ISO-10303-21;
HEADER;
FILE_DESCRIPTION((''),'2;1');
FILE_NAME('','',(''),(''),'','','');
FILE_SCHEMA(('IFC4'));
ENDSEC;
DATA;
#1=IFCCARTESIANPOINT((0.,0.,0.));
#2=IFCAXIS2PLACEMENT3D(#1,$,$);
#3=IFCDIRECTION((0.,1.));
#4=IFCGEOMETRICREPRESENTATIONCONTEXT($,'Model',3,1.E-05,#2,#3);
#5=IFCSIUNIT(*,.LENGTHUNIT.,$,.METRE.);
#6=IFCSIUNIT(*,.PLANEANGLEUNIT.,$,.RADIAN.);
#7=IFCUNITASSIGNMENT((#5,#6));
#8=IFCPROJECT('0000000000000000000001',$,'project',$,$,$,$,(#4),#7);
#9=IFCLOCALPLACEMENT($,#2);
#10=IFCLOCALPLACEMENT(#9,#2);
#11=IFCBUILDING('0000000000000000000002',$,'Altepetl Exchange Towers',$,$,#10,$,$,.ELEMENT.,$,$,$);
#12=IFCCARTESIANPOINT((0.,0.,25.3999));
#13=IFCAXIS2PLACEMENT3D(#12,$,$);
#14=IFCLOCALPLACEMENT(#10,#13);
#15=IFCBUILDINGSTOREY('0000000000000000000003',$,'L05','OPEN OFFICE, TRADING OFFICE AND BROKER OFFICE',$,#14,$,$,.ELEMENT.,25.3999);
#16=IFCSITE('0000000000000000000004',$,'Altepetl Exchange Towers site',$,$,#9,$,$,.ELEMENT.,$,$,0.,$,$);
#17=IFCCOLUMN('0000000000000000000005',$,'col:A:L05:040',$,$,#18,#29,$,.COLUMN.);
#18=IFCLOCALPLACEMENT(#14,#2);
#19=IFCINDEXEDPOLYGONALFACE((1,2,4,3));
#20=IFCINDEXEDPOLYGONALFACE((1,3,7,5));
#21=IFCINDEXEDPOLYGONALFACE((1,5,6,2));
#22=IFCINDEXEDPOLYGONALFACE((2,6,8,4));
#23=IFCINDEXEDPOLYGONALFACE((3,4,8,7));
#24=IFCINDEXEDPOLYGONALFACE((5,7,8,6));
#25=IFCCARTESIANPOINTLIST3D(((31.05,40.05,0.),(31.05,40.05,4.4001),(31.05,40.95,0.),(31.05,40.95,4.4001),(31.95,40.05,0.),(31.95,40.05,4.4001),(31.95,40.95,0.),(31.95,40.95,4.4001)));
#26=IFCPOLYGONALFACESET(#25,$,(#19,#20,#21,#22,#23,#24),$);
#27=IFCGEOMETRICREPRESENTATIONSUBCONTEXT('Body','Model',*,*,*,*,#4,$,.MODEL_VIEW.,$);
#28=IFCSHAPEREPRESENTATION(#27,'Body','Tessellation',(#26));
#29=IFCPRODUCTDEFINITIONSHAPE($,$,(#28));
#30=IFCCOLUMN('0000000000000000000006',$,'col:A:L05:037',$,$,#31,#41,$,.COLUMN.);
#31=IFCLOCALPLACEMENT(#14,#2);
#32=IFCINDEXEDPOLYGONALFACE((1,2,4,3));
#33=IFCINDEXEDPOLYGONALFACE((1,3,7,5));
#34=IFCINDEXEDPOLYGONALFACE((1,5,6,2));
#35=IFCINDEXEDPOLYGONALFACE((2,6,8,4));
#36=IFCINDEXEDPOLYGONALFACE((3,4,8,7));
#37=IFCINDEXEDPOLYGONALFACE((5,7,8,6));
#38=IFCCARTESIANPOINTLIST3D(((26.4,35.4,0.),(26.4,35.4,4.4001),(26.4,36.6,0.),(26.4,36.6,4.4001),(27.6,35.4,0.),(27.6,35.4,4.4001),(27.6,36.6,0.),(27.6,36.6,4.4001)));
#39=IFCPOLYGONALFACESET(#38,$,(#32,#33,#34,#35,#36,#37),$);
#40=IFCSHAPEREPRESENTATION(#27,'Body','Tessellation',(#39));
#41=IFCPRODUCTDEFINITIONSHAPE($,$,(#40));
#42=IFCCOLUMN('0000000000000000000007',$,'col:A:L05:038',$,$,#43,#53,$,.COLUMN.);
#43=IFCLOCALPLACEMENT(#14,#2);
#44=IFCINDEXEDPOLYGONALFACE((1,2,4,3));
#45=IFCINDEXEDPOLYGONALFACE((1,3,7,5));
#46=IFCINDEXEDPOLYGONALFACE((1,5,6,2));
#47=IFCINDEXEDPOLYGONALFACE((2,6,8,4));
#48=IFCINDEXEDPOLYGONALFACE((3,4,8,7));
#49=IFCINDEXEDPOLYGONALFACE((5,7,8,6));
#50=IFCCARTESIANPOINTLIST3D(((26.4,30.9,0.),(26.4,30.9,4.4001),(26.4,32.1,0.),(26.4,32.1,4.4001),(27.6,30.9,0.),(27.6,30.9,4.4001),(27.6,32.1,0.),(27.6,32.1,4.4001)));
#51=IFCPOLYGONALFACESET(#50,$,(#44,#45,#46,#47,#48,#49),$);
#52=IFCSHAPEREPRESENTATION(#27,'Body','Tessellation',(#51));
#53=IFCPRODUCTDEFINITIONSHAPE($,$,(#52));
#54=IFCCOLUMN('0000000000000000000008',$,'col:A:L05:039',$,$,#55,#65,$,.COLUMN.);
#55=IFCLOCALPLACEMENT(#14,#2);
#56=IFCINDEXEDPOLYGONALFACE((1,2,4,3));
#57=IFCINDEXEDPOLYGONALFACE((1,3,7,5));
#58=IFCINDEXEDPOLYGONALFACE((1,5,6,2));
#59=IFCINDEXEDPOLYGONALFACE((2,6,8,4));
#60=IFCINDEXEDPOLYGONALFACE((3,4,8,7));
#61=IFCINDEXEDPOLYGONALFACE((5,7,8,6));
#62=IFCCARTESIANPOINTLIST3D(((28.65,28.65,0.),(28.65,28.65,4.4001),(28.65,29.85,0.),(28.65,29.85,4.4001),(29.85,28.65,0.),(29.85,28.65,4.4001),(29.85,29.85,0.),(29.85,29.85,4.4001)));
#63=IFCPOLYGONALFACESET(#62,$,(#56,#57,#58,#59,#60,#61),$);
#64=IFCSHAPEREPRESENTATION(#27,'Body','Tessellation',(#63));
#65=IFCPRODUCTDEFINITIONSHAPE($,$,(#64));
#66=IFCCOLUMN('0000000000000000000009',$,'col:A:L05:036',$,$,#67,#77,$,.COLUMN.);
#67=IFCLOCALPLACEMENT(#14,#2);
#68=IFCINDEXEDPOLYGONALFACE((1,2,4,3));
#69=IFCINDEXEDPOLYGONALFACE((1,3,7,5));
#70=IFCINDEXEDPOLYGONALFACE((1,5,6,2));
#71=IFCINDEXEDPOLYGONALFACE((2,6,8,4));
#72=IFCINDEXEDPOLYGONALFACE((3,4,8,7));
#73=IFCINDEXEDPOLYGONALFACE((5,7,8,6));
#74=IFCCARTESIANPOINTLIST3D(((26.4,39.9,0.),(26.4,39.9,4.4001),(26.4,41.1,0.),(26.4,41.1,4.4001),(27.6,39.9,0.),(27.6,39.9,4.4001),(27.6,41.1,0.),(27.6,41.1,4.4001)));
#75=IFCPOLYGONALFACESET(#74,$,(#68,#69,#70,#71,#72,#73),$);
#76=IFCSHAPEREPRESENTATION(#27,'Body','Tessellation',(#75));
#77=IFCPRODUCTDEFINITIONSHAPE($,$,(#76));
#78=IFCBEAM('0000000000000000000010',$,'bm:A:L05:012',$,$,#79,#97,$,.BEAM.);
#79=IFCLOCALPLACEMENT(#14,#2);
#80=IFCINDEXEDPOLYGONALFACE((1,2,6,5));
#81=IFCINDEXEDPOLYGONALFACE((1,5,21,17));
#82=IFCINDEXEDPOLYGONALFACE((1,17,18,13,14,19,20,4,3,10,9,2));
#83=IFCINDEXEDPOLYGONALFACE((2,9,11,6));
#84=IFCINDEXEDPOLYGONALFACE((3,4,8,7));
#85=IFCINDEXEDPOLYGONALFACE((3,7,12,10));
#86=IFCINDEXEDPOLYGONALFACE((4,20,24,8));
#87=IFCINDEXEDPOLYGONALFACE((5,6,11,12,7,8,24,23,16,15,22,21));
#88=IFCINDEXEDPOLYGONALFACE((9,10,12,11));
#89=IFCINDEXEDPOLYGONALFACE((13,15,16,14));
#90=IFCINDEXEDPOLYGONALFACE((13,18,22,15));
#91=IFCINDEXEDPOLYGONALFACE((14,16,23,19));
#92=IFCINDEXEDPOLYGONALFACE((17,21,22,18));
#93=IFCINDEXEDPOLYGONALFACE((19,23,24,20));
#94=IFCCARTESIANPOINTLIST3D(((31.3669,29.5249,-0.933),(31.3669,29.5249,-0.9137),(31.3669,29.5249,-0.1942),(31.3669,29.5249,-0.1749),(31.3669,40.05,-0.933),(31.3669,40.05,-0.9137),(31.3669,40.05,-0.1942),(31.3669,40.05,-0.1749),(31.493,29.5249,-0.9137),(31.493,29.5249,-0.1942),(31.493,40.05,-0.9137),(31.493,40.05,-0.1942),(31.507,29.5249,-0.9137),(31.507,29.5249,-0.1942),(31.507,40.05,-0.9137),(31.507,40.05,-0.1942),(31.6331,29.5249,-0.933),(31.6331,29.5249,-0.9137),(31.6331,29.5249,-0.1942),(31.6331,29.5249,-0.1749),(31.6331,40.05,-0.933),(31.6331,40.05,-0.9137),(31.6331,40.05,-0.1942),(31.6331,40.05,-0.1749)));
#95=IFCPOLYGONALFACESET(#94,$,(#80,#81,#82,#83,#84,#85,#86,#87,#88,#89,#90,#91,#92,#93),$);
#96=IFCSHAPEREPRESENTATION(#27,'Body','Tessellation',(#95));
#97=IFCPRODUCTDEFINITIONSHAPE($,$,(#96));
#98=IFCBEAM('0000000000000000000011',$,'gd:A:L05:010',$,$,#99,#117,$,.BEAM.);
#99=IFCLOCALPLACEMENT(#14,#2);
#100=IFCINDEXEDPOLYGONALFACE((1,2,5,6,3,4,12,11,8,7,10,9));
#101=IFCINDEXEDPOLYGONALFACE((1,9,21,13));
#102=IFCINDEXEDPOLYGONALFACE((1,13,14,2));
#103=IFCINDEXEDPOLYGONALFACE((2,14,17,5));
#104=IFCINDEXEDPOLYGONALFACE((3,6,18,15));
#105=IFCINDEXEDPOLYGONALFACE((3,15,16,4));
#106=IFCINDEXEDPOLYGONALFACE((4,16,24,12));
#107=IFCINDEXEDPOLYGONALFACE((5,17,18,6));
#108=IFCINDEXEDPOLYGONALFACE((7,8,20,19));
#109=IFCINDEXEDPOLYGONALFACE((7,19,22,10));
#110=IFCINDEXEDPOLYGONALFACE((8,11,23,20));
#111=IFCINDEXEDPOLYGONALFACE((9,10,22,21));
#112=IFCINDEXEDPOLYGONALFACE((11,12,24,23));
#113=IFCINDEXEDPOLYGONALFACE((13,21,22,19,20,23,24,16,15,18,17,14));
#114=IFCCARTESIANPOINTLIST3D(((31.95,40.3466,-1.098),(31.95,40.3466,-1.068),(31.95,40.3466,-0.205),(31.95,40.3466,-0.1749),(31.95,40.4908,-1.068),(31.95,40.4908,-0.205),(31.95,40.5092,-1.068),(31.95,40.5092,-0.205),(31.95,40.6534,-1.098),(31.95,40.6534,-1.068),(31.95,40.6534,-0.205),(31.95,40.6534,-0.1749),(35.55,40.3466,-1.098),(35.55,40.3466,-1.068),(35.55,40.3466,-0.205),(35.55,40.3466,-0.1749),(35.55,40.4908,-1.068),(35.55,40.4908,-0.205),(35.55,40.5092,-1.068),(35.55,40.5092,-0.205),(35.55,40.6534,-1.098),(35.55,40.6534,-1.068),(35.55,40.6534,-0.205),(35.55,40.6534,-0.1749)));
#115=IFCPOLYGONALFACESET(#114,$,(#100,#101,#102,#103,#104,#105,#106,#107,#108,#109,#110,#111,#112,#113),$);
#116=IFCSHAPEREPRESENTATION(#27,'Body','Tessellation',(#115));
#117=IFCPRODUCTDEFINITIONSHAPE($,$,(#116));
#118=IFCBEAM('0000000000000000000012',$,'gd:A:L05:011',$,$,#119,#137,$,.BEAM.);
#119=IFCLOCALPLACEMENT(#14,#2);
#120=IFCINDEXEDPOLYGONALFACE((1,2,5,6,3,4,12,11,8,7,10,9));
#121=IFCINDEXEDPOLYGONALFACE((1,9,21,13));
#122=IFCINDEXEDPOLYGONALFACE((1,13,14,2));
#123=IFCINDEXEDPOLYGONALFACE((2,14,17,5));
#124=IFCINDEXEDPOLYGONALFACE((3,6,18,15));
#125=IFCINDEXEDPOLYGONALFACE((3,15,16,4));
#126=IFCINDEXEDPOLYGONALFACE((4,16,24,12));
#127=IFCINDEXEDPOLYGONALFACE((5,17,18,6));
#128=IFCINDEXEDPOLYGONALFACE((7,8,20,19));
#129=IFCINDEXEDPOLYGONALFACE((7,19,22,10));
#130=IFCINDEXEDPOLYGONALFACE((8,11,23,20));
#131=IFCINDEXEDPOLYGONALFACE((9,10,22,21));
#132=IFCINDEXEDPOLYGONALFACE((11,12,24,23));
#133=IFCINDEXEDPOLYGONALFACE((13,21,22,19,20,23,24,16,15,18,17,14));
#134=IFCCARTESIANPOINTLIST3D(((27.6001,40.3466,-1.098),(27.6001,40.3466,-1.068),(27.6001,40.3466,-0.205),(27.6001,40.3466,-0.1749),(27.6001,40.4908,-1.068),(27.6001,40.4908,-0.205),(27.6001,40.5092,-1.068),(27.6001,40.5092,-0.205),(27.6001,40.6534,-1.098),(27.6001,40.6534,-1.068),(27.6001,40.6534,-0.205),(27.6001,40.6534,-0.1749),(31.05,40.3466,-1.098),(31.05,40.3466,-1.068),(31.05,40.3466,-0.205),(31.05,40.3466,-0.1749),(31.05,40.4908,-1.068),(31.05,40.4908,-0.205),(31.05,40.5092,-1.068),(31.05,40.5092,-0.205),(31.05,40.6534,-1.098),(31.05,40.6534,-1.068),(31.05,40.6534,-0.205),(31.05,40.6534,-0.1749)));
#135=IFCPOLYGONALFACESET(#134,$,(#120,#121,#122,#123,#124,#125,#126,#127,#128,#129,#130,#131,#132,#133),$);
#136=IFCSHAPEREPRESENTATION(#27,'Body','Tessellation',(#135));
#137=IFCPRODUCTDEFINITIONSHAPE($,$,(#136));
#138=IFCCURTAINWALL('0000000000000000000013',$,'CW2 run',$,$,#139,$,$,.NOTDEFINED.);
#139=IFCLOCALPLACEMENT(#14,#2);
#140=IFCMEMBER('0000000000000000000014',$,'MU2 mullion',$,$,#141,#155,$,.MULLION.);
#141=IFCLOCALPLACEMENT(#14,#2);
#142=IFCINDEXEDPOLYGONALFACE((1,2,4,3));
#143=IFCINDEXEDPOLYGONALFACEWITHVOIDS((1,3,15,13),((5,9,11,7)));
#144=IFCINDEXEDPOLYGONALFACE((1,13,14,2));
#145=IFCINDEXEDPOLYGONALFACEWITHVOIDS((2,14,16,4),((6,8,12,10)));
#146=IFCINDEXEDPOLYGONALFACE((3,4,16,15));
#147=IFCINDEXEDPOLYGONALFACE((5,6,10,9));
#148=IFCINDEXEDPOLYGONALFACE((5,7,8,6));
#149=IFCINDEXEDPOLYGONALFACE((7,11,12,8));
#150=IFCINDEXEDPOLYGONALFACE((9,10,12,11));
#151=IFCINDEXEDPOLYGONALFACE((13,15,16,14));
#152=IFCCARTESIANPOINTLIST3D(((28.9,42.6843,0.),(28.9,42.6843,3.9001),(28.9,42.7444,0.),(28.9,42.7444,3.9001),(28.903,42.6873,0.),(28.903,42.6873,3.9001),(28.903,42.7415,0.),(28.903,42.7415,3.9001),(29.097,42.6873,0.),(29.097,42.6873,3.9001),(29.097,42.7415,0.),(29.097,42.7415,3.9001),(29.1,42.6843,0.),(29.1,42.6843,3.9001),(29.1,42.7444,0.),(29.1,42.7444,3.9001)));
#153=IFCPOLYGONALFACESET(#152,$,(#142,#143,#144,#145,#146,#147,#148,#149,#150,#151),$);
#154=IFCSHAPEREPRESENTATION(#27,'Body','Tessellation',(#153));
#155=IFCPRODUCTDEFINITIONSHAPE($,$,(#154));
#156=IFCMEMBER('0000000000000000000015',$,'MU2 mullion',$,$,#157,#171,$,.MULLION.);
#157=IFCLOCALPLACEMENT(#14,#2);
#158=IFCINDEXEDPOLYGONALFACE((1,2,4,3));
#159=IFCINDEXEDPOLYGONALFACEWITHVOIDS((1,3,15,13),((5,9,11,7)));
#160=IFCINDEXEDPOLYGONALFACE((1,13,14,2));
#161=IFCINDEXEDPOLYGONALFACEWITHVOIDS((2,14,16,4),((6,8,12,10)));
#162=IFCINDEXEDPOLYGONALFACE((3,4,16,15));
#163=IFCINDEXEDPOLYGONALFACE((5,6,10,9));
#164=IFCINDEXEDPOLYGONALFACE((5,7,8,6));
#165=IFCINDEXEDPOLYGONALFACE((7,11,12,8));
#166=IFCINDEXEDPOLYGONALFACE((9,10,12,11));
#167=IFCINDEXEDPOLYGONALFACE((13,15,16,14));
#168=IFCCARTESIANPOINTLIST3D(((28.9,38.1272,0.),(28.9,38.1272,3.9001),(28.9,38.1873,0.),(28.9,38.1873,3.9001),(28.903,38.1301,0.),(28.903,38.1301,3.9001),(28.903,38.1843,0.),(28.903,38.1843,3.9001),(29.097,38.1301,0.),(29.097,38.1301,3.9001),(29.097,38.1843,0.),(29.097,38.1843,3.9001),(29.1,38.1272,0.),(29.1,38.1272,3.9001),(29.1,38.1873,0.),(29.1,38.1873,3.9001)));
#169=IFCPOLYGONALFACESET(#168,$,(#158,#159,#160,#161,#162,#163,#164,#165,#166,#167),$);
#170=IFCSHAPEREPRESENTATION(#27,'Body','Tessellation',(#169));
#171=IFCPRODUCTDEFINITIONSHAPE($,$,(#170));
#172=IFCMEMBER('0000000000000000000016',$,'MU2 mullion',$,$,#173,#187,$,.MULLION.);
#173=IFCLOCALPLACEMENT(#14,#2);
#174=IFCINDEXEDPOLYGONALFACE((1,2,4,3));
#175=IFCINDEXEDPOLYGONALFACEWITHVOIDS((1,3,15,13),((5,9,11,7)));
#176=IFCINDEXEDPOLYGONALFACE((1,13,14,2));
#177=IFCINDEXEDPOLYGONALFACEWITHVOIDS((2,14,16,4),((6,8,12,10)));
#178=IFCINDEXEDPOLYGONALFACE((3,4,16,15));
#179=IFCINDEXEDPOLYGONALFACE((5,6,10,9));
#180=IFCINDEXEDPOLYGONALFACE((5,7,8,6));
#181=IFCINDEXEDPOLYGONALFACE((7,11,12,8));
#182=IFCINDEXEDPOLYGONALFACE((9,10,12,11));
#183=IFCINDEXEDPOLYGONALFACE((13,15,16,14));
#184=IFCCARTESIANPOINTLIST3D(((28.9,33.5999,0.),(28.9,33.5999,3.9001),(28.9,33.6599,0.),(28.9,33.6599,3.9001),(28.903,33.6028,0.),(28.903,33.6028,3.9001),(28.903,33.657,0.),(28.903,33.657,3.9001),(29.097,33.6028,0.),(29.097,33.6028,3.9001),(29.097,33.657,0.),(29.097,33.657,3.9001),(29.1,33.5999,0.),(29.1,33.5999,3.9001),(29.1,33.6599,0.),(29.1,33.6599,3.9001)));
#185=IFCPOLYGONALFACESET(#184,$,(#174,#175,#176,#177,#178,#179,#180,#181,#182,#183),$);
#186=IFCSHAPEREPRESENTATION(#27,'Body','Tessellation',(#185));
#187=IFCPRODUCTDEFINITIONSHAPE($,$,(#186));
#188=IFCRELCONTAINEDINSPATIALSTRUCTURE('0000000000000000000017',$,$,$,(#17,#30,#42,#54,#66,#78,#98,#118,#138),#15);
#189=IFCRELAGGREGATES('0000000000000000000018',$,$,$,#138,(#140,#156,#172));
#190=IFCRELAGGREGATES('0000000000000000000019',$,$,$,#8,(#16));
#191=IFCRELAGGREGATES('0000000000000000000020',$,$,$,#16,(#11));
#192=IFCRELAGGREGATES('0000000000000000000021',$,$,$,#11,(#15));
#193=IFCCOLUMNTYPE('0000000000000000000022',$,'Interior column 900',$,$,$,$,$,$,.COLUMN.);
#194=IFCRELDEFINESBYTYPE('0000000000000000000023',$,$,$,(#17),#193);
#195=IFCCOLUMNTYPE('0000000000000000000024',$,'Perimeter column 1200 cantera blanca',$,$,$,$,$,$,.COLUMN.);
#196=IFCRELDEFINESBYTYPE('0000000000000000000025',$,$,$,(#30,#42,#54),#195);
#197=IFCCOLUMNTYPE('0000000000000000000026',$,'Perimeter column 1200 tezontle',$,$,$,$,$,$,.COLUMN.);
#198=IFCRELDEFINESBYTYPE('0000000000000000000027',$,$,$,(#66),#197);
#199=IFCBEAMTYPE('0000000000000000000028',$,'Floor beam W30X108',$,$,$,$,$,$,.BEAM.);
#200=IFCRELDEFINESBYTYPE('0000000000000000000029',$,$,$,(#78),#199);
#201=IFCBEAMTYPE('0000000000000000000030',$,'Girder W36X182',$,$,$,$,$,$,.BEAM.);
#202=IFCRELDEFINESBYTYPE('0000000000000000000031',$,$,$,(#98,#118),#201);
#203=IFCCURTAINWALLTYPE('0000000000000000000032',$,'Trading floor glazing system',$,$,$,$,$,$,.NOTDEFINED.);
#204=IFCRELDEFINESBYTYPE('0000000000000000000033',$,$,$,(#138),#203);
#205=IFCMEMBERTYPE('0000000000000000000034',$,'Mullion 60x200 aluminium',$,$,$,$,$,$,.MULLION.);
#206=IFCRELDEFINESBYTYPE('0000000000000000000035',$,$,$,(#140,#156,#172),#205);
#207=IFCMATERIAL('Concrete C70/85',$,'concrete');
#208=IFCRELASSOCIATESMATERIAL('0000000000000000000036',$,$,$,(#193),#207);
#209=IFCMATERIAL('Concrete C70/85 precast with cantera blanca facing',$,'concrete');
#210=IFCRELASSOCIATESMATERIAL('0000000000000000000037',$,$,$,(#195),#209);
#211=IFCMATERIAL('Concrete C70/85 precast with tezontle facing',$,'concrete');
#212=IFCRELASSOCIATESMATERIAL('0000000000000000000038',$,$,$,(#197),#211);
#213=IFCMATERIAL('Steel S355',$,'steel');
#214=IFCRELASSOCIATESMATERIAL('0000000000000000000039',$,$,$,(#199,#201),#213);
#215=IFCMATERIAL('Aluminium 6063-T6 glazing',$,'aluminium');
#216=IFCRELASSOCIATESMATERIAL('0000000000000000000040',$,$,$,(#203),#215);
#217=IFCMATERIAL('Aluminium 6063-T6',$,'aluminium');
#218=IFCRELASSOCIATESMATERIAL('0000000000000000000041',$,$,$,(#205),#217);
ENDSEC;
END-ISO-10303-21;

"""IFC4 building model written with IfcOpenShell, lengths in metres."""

from ifc_helpers import new_model, si_unit, direction, frame, origin, origin_2d, place, context, subcontext, project, spatial, rectangle, hollow_rectangle, i_section, extrude, material, material_profile, profile_set, type_object, element, aggregate, save


model = new_model("IFC4")

# Units and contexts
model_context = context("Model", 3, precision=1e-05, world=origin(), true_north=direction((0.0, 1.0)))
body_context = subcontext(model_context, "Body", "Model", "MODEL_VIEW")
ifc_project = project(units=[si_unit("LENGTHUNIT", "METRE"), si_unit("PLANEANGLEUNIT", "RADIAN")], contexts=[model_context])

# Site, building, storey
site_placement = place(None, origin())
site = spatial("IfcSite", under=ifc_project, at=site_placement, Name="Altepetl Exchange Towers site", CompositionType="ELEMENT", RefElevation=0.0)
building_placement = place(site_placement, origin())
building = spatial("IfcBuilding", under=site, at=building_placement, Name="Altepetl Exchange Towers", CompositionType="ELEMENT")
storey_placement = place(building_placement, frame((0.0, 0.0, 25.3999)))
storey = spatial("IfcBuildingStorey", under=building, at=storey_placement, Name="L05", Description="OPEN OFFICE, TRADING OFFICE AND BROKER OFFICE", CompositionType="ELEMENT", Elevation=25.3999)

# Columns
ifc_material_1 = material(Name="Concrete C70/85", Category="concrete")
ifc_material_profile_1 = material_profile(ifc_material_1, rectangle(XDim=0.8999, YDim=0.8999, at=origin_2d()), Name="900 x 900")
ifc_profile_set_1 = profile_set([ifc_material_profile_1], Name="Concrete C70/85")
column_type_1 = type_object("IfcColumnType", Name="Interior column 900", PredefinedType="COLUMN", material=ifc_profile_set_1)
column_1_placement = place(storey_placement, frame((31.5, 40.5, 0.0)))
element("IfcColumn", 1, at=column_1_placement, inside=storey, type_object=column_type_1, Name="col:A:L05:040", PredefinedType="COLUMN", context=body_context, shape_type="SweptSolid", body=[
    extrude(rectangle(XDim=0.8999, YDim=0.8999, at=origin_2d()), origin(), (0.0, 0.0, 1.0), 4.4001),
])
ifc_material_2 = material(Name="Concrete C70/85 precast with cantera blanca facing", Category="concrete")
ifc_material_profile_2 = material_profile(ifc_material_2, rectangle(XDim=1.2, YDim=1.2, at=origin_2d()), Name="1200 x 1200")
ifc_profile_set_2 = profile_set([ifc_material_profile_2], Name="Concrete C70/85 precast with cantera blanca facing")
column_type_2 = type_object("IfcColumnType", Name="Perimeter column 1200 cantera blanca", PredefinedType="COLUMN", material=ifc_profile_set_2)
for number, where, name in (
    (2, (27.0, 36.0, 0.0), "col:A:L05:037"),
    (3, (27.0, 31.5, 0.0), "col:A:L05:038"),
    (4, (29.25, 29.25, 0.0), "col:A:L05:039"),
):
    element("IfcColumn", number, at=place(storey_placement, frame(where)), inside=storey, type_object=column_type_2, Name=name, PredefinedType="COLUMN", context=body_context, shape_type="SweptSolid", body=[
        extrude(rectangle(XDim=1.2, YDim=1.2, at=origin_2d()), origin(), (0.0, 0.0, 1.0), 4.4001),
    ])
ifc_material_3 = material(Name="Concrete C70/85 precast with tezontle facing", Category="concrete")
ifc_material_profile_3 = material_profile(ifc_material_3, rectangle(XDim=1.2, YDim=1.2, at=origin_2d()), Name="1200 x 1200")
ifc_profile_set_3 = profile_set([ifc_material_profile_3], Name="Concrete C70/85 precast with tezontle facing")
column_type_3 = type_object("IfcColumnType", Name="Perimeter column 1200 tezontle", PredefinedType="COLUMN", material=ifc_profile_set_3)
column_2_placement = place(storey_placement, frame((27.0, 40.5, 0.0)))
element("IfcColumn", 5, at=column_2_placement, inside=storey, type_object=column_type_3, Name="col:A:L05:036", PredefinedType="COLUMN", context=body_context, shape_type="SweptSolid", body=[
    extrude(rectangle(XDim=1.2, YDim=1.2, at=origin_2d()), origin(), (0.0, 0.0, 1.0), 4.4001),
])

# Beams
ifc_material_4 = material(Name="Steel S355", Category="steel")
ifc_material_profile_4 = material_profile(ifc_material_4, i_section(OverallWidth=0.2661, OverallDepth=0.7581, WebThickness=0.0139, FlangeThickness=0.0193, at=origin_2d()), Name="W30X108")
ifc_profile_set_4 = profile_set([ifc_material_profile_4], Name="Steel S355")
beam_type_1 = type_object("IfcBeamType", Name="Floor beam W30X108", PredefinedType="BEAM", material=ifc_profile_set_4)
beam_1_placement = place(storey_placement, frame((31.5, 29.5249, -0.554), z_axis=(0.0, 1.0, 0.0), x_axis=(-1.0, 0.0, 0.0)))
element("IfcBeam", 6, at=beam_1_placement, inside=storey, type_object=beam_type_1, Name="bm:A:L05:012", PredefinedType="BEAM", context=body_context, shape_type="SweptSolid", body=[
    extrude(i_section(OverallWidth=0.2661, OverallDepth=0.7581, WebThickness=0.0139, FlangeThickness=0.0193, at=origin_2d()), origin(), (0.0, 0.0, 1.0), 10.5251),
])
ifc_material_profile_5 = material_profile(ifc_material_4, i_section(OverallWidth=0.3069, OverallDepth=0.9231, WebThickness=0.0183, FlangeThickness=0.03, at=origin_2d()), Name="W36X182")
ifc_profile_set_5 = profile_set([ifc_material_profile_5], Name="Steel S355")
beam_type_2 = type_object("IfcBeamType", Name="Girder W36X182", PredefinedType="BEAM", material=ifc_profile_set_5)
beam_2_placement = place(storey_placement, frame((35.55, 40.5, -0.6365), z_axis=(-1.0, 0.0, 0.0), x_axis=(0.0, -1.0, 0.0)))
element("IfcBeam", 7, at=beam_2_placement, inside=storey, type_object=beam_type_2, Name="gd:A:L05:010", PredefinedType="BEAM", context=body_context, shape_type="SweptSolid", body=[
    extrude(i_section(OverallWidth=0.3069, OverallDepth=0.9231, WebThickness=0.0183, FlangeThickness=0.03, at=origin_2d()), origin(), (0.0, 0.0, 1.0), 3.6001),
])
beam_3_placement = place(storey_placement, frame((31.05, 40.5, -0.6365), z_axis=(-1.0, 0.0, 0.0), x_axis=(0.0, -1.0, 0.0)))
element("IfcBeam", 8, at=beam_3_placement, inside=storey, type_object=beam_type_2, Name="gd:A:L05:011", PredefinedType="BEAM", context=body_context, shape_type="SweptSolid", body=[
    extrude(i_section(OverallWidth=0.3069, OverallDepth=0.9231, WebThickness=0.0183, FlangeThickness=0.03, at=origin_2d()), origin(), (0.0, 0.0, 1.0), 3.45),
])

# Curtain wall, members
ifc_material_5 = material(Name="Aluminium 6063-T6 glazing", Category="aluminium")
curtain_wall_type = type_object("IfcCurtainWallType", Name="Trading floor glazing system", PredefinedType="NOTDEFINED", material=ifc_material_5)
curtain_wall_1_placement = place(storey_placement, origin())
curtain_wall_1 = element("IfcCurtainWall", 9, at=curtain_wall_1_placement, inside=storey, type_object=curtain_wall_type, Name="CW2 run", PredefinedType="NOTDEFINED")
ifc_material_6 = material(Name="Aluminium 6063-T6", Category="aluminium")
ifc_material_profile_6 = material_profile(ifc_material_6, hollow_rectangle(XDim=0.0601, YDim=0.2, WallThickness=0.0029, at=origin_2d()), Name="Mullion 60x200 aluminium")
ifc_profile_set_6 = profile_set([ifc_material_profile_6], Name="Aluminium 6063-T6")
member_type = type_object("IfcMemberType", Name="Mullion 60x200 aluminium", PredefinedType="MULLION", material=ifc_profile_set_6)
member_1_placement = place(storey_placement, frame((29.0, 42.7144, 0.0), z_axis=(0.0, 0.0, 1.0), x_axis=(0.0, -1.0, 0.0)))
member_1 = element("IfcMember", 10, at=member_1_placement, type_object=member_type, Name="MU2 mullion", PredefinedType="MULLION", context=body_context, shape_type="SweptSolid", body=[
    extrude(hollow_rectangle(XDim=0.0601, YDim=0.2, WallThickness=0.0029, at=origin_2d()), origin(), (0.0, 0.0, 1.0), 3.9001),
])
member_2_placement = place(storey_placement, frame((29.0, 38.1572, 0.0), z_axis=(0.0, 0.0, 1.0), x_axis=(0.0, -1.0, 0.0)))
member_2 = element("IfcMember", 11, at=member_2_placement, type_object=member_type, Name="MU2 mullion", PredefinedType="MULLION", context=body_context, shape_type="SweptSolid", body=[
    extrude(hollow_rectangle(XDim=0.0601, YDim=0.2, WallThickness=0.0029, at=origin_2d()), origin(), (0.0, 0.0, 1.0), 3.9001),
])
member_3_placement = place(storey_placement, frame((29.0, 33.6299, 0.0), z_axis=(0.0, 0.0, 1.0), x_axis=(0.0, -1.0, 0.0)))
member_3 = element("IfcMember", 12, at=member_3_placement, type_object=member_type, Name="MU2 mullion", PredefinedType="MULLION", context=body_context, shape_type="SweptSolid", body=[
    extrude(hollow_rectangle(XDim=0.0601, YDim=0.2, WallThickness=0.0029, at=origin_2d()), origin(), (0.0, 0.0, 1.0), 3.9001),
])

aggregate(curtain_wall_1, [member_1, member_2, member_3])

save(model, "model.ifc")
